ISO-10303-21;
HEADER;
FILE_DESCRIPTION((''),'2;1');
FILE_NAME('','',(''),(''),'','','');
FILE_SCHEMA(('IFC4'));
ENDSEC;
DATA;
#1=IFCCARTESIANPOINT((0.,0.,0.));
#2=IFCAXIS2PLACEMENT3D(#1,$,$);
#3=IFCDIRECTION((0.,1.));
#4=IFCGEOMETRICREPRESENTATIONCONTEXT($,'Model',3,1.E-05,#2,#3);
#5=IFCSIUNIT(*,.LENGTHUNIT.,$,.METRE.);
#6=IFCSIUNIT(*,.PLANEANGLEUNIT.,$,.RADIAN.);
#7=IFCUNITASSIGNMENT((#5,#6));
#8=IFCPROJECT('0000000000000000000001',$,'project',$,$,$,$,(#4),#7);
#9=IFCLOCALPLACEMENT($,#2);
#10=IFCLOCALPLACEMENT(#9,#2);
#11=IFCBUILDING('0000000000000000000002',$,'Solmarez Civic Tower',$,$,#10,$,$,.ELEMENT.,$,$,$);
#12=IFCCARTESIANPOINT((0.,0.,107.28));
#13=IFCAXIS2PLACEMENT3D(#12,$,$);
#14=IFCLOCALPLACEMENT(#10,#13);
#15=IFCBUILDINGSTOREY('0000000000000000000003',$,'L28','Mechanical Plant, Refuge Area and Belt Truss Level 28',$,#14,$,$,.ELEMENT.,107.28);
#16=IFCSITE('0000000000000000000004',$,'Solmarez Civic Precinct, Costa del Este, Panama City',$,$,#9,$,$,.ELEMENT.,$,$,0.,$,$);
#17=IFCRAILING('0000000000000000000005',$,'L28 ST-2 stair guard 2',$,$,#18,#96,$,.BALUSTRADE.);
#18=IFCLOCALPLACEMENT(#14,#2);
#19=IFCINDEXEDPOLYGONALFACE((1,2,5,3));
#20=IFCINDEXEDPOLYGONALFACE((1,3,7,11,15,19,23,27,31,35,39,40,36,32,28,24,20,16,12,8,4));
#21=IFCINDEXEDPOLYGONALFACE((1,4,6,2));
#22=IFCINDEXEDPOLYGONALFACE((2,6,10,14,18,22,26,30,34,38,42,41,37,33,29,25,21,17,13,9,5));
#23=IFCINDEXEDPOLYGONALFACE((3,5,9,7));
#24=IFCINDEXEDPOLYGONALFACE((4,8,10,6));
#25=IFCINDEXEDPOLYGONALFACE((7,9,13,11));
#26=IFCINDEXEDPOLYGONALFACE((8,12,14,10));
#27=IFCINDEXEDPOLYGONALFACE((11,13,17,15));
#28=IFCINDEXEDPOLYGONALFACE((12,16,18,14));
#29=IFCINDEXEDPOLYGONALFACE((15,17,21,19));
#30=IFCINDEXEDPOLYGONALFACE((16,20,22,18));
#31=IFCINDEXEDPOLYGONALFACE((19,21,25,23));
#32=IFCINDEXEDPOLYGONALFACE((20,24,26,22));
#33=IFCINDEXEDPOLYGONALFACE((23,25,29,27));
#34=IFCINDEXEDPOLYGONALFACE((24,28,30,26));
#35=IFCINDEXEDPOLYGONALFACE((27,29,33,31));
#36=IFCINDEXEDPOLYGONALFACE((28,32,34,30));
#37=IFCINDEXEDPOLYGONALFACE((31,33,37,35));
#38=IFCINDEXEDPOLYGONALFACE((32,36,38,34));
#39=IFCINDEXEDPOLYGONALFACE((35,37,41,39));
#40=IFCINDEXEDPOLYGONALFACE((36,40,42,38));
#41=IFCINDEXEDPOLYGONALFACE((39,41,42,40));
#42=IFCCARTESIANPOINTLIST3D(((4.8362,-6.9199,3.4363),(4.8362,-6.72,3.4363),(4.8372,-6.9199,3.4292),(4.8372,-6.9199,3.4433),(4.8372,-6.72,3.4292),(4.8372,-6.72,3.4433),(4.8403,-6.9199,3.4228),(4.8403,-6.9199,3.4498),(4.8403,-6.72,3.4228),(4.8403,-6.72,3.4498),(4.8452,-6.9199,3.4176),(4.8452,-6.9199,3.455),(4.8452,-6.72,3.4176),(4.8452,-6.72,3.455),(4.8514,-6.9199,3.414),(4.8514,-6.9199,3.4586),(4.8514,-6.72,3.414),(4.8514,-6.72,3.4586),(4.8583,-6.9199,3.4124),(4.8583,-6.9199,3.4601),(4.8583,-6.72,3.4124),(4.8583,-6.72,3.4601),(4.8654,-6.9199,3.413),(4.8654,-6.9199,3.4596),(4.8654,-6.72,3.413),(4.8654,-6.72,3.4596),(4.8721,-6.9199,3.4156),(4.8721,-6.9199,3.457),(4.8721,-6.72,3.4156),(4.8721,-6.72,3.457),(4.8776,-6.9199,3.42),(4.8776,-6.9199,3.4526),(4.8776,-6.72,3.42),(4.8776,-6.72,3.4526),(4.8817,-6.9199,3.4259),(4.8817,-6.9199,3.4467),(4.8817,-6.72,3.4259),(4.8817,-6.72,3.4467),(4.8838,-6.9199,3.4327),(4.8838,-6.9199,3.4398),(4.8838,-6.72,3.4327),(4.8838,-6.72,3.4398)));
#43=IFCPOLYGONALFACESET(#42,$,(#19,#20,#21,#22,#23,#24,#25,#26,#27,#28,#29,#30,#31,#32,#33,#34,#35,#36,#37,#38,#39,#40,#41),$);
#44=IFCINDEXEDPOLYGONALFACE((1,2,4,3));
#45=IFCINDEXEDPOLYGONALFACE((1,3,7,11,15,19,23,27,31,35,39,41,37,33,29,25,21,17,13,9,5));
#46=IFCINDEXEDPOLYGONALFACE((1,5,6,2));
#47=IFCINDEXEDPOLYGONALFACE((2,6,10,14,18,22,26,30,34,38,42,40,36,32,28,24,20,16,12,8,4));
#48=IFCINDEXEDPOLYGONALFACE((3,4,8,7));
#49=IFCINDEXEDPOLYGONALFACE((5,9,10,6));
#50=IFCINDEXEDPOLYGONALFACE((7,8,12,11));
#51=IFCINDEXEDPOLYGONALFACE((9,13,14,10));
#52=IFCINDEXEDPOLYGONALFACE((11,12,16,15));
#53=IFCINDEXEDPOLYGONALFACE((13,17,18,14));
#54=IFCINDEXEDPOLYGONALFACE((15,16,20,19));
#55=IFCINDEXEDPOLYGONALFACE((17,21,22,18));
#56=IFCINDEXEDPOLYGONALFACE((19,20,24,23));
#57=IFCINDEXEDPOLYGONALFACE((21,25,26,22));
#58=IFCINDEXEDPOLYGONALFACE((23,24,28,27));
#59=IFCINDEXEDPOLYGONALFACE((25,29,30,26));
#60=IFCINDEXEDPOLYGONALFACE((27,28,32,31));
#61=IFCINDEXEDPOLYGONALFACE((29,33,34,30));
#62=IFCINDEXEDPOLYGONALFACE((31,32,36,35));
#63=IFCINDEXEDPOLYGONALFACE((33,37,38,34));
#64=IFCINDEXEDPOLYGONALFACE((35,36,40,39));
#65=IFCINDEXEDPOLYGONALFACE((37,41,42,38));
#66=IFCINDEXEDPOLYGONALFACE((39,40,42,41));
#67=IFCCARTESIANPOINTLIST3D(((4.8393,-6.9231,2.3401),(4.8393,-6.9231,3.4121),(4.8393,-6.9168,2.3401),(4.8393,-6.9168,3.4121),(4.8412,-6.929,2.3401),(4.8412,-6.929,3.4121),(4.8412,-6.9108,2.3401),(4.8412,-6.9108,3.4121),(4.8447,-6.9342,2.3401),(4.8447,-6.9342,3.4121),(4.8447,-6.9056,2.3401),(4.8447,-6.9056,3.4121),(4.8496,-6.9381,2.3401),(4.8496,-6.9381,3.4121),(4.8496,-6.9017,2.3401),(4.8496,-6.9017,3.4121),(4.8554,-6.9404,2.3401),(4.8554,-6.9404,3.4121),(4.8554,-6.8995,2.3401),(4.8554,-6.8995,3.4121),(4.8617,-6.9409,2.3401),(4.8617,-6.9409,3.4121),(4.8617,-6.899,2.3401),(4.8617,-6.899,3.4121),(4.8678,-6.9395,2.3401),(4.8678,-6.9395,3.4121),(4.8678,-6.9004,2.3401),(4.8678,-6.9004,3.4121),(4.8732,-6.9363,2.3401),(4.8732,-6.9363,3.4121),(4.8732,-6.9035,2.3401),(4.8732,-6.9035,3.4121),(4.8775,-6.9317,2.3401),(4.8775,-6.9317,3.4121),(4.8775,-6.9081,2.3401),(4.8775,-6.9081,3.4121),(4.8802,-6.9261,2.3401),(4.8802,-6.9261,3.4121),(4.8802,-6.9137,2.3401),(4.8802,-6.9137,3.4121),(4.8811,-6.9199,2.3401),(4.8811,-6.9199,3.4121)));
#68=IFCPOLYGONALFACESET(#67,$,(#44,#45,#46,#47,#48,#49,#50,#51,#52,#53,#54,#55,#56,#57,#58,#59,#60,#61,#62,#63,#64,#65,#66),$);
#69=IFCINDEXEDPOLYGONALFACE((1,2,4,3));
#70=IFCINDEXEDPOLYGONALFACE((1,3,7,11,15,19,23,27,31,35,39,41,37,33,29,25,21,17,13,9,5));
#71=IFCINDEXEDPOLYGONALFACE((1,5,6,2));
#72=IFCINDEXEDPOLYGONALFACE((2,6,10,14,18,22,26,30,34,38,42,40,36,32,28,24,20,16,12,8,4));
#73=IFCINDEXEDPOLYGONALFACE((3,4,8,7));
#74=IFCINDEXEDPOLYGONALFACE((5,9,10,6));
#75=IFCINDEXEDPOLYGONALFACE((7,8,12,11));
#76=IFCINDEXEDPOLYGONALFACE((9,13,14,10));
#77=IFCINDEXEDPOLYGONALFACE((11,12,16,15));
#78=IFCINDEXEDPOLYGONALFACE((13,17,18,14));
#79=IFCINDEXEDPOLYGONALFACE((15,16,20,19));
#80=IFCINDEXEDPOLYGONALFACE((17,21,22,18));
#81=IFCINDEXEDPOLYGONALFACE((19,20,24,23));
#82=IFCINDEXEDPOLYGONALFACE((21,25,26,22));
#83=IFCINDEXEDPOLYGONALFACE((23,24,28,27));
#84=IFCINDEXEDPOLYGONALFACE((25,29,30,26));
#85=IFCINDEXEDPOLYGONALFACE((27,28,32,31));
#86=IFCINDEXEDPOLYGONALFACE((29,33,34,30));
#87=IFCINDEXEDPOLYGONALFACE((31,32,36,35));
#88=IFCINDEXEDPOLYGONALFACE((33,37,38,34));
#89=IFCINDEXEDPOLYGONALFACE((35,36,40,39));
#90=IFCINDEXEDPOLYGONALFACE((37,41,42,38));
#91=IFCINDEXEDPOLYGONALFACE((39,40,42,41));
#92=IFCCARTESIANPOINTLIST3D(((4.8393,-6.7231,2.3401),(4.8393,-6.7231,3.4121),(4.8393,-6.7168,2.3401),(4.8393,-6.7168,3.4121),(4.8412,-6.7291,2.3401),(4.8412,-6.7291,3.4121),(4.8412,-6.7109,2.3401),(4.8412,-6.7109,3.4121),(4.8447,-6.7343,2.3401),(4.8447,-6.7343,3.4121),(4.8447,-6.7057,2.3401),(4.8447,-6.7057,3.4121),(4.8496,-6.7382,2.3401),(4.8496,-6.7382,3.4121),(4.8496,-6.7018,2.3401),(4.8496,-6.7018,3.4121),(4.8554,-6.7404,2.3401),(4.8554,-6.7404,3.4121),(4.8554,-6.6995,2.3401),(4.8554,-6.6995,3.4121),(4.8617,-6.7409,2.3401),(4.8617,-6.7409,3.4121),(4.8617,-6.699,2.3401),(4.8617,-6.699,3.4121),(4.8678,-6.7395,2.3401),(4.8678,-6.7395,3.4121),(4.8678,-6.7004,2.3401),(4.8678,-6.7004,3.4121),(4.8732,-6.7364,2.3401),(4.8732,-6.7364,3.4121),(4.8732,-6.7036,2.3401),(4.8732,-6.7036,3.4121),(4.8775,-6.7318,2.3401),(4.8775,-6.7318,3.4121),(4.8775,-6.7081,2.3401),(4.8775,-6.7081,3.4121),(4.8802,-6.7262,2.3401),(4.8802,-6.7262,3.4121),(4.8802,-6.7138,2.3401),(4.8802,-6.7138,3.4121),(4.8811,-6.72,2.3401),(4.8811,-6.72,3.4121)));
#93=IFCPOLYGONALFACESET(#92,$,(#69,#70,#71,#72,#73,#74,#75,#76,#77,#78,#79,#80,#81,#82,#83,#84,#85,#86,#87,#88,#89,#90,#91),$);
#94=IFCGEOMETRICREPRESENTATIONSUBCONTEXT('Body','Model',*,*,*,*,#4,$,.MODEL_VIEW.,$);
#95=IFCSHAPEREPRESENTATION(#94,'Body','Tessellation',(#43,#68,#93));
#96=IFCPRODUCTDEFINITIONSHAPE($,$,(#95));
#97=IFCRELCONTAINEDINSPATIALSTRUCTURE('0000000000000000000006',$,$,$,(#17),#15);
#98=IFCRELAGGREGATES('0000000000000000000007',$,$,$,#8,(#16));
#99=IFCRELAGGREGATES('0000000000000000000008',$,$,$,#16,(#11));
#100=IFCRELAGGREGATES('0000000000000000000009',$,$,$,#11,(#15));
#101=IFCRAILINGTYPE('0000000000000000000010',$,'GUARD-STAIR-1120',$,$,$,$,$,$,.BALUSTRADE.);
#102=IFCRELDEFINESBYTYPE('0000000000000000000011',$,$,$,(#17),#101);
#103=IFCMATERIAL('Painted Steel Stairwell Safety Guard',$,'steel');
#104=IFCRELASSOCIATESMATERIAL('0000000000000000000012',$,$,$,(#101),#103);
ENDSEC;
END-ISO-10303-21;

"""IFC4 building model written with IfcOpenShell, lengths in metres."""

from ifc_helpers import new_model, si_unit, direction, frame, origin, origin_2d, place, context, subcontext, project, spatial, circle, extrude, material, type_object, element, save


model = new_model("IFC4")

# Units and contexts
model_context = context("Model", 3, precision=1e-05, world=origin(), true_north=direction((0.0, 1.0)))
body_context = subcontext(model_context, "Body", "Model", "MODEL_VIEW")
ifc_project = project(units=[si_unit("LENGTHUNIT", "METRE"), si_unit("PLANEANGLEUNIT", "RADIAN")], contexts=[model_context])

# Site, building, storey
site_placement = place(None, origin())
site = spatial("IfcSite", under=ifc_project, at=site_placement, Name="Solmarez Civic Precinct, Costa del Este, Panama City", CompositionType="ELEMENT", RefElevation=0.0)
building_placement = place(site_placement, origin())
building = spatial("IfcBuilding", under=site, at=building_placement, Name="Solmarez Civic Tower", CompositionType="ELEMENT")
storey_placement = place(building_placement, frame((0.0, 0.0, 107.28)))
storey = spatial("IfcBuildingStorey", under=building, at=storey_placement, Name="L28", Description="Mechanical Plant, Refuge Area and Belt Truss Level 28", CompositionType="ELEMENT", Elevation=107.28)

# Railing
ifc_material_1 = material(Name="Painted Steel Stairwell Safety Guard", Category="steel")
railing_type_1 = type_object("IfcRailingType", Name="GUARD-STAIR-1120", PredefinedType="BALUSTRADE", material=ifc_material_1)
railing_1_placement = place(storey_placement, frame((4.8601, -6.9199, 2.3401)))
element("IfcRailing", 1, at=railing_1_placement, inside=storey, type_object=railing_type_1, Name="L28 ST-2 stair guard 2", PredefinedType="BALUSTRADE", context=body_context, shape_type="SweptSolid", body=[
    extrude(circle(Radius=0.0239, at=origin_2d()), frame((0.0, 0.0, 1.0962), z_axis=(0.0, 1.0, 0.0), x_axis=(-1.0, 0.0, 0.0)), (0.0, 0.0, 1.0), 0.2),
    extrude(circle(Radius=0.021, at=origin_2d()), origin(), (0.0, 0.0, 1.0), 1.072),
    extrude(circle(Radius=0.021, at=origin_2d()), frame((0.0, 0.2, 0.0)), (0.0, 0.0, 1.0), 1.072),
])

save(model, "model.ifc")
